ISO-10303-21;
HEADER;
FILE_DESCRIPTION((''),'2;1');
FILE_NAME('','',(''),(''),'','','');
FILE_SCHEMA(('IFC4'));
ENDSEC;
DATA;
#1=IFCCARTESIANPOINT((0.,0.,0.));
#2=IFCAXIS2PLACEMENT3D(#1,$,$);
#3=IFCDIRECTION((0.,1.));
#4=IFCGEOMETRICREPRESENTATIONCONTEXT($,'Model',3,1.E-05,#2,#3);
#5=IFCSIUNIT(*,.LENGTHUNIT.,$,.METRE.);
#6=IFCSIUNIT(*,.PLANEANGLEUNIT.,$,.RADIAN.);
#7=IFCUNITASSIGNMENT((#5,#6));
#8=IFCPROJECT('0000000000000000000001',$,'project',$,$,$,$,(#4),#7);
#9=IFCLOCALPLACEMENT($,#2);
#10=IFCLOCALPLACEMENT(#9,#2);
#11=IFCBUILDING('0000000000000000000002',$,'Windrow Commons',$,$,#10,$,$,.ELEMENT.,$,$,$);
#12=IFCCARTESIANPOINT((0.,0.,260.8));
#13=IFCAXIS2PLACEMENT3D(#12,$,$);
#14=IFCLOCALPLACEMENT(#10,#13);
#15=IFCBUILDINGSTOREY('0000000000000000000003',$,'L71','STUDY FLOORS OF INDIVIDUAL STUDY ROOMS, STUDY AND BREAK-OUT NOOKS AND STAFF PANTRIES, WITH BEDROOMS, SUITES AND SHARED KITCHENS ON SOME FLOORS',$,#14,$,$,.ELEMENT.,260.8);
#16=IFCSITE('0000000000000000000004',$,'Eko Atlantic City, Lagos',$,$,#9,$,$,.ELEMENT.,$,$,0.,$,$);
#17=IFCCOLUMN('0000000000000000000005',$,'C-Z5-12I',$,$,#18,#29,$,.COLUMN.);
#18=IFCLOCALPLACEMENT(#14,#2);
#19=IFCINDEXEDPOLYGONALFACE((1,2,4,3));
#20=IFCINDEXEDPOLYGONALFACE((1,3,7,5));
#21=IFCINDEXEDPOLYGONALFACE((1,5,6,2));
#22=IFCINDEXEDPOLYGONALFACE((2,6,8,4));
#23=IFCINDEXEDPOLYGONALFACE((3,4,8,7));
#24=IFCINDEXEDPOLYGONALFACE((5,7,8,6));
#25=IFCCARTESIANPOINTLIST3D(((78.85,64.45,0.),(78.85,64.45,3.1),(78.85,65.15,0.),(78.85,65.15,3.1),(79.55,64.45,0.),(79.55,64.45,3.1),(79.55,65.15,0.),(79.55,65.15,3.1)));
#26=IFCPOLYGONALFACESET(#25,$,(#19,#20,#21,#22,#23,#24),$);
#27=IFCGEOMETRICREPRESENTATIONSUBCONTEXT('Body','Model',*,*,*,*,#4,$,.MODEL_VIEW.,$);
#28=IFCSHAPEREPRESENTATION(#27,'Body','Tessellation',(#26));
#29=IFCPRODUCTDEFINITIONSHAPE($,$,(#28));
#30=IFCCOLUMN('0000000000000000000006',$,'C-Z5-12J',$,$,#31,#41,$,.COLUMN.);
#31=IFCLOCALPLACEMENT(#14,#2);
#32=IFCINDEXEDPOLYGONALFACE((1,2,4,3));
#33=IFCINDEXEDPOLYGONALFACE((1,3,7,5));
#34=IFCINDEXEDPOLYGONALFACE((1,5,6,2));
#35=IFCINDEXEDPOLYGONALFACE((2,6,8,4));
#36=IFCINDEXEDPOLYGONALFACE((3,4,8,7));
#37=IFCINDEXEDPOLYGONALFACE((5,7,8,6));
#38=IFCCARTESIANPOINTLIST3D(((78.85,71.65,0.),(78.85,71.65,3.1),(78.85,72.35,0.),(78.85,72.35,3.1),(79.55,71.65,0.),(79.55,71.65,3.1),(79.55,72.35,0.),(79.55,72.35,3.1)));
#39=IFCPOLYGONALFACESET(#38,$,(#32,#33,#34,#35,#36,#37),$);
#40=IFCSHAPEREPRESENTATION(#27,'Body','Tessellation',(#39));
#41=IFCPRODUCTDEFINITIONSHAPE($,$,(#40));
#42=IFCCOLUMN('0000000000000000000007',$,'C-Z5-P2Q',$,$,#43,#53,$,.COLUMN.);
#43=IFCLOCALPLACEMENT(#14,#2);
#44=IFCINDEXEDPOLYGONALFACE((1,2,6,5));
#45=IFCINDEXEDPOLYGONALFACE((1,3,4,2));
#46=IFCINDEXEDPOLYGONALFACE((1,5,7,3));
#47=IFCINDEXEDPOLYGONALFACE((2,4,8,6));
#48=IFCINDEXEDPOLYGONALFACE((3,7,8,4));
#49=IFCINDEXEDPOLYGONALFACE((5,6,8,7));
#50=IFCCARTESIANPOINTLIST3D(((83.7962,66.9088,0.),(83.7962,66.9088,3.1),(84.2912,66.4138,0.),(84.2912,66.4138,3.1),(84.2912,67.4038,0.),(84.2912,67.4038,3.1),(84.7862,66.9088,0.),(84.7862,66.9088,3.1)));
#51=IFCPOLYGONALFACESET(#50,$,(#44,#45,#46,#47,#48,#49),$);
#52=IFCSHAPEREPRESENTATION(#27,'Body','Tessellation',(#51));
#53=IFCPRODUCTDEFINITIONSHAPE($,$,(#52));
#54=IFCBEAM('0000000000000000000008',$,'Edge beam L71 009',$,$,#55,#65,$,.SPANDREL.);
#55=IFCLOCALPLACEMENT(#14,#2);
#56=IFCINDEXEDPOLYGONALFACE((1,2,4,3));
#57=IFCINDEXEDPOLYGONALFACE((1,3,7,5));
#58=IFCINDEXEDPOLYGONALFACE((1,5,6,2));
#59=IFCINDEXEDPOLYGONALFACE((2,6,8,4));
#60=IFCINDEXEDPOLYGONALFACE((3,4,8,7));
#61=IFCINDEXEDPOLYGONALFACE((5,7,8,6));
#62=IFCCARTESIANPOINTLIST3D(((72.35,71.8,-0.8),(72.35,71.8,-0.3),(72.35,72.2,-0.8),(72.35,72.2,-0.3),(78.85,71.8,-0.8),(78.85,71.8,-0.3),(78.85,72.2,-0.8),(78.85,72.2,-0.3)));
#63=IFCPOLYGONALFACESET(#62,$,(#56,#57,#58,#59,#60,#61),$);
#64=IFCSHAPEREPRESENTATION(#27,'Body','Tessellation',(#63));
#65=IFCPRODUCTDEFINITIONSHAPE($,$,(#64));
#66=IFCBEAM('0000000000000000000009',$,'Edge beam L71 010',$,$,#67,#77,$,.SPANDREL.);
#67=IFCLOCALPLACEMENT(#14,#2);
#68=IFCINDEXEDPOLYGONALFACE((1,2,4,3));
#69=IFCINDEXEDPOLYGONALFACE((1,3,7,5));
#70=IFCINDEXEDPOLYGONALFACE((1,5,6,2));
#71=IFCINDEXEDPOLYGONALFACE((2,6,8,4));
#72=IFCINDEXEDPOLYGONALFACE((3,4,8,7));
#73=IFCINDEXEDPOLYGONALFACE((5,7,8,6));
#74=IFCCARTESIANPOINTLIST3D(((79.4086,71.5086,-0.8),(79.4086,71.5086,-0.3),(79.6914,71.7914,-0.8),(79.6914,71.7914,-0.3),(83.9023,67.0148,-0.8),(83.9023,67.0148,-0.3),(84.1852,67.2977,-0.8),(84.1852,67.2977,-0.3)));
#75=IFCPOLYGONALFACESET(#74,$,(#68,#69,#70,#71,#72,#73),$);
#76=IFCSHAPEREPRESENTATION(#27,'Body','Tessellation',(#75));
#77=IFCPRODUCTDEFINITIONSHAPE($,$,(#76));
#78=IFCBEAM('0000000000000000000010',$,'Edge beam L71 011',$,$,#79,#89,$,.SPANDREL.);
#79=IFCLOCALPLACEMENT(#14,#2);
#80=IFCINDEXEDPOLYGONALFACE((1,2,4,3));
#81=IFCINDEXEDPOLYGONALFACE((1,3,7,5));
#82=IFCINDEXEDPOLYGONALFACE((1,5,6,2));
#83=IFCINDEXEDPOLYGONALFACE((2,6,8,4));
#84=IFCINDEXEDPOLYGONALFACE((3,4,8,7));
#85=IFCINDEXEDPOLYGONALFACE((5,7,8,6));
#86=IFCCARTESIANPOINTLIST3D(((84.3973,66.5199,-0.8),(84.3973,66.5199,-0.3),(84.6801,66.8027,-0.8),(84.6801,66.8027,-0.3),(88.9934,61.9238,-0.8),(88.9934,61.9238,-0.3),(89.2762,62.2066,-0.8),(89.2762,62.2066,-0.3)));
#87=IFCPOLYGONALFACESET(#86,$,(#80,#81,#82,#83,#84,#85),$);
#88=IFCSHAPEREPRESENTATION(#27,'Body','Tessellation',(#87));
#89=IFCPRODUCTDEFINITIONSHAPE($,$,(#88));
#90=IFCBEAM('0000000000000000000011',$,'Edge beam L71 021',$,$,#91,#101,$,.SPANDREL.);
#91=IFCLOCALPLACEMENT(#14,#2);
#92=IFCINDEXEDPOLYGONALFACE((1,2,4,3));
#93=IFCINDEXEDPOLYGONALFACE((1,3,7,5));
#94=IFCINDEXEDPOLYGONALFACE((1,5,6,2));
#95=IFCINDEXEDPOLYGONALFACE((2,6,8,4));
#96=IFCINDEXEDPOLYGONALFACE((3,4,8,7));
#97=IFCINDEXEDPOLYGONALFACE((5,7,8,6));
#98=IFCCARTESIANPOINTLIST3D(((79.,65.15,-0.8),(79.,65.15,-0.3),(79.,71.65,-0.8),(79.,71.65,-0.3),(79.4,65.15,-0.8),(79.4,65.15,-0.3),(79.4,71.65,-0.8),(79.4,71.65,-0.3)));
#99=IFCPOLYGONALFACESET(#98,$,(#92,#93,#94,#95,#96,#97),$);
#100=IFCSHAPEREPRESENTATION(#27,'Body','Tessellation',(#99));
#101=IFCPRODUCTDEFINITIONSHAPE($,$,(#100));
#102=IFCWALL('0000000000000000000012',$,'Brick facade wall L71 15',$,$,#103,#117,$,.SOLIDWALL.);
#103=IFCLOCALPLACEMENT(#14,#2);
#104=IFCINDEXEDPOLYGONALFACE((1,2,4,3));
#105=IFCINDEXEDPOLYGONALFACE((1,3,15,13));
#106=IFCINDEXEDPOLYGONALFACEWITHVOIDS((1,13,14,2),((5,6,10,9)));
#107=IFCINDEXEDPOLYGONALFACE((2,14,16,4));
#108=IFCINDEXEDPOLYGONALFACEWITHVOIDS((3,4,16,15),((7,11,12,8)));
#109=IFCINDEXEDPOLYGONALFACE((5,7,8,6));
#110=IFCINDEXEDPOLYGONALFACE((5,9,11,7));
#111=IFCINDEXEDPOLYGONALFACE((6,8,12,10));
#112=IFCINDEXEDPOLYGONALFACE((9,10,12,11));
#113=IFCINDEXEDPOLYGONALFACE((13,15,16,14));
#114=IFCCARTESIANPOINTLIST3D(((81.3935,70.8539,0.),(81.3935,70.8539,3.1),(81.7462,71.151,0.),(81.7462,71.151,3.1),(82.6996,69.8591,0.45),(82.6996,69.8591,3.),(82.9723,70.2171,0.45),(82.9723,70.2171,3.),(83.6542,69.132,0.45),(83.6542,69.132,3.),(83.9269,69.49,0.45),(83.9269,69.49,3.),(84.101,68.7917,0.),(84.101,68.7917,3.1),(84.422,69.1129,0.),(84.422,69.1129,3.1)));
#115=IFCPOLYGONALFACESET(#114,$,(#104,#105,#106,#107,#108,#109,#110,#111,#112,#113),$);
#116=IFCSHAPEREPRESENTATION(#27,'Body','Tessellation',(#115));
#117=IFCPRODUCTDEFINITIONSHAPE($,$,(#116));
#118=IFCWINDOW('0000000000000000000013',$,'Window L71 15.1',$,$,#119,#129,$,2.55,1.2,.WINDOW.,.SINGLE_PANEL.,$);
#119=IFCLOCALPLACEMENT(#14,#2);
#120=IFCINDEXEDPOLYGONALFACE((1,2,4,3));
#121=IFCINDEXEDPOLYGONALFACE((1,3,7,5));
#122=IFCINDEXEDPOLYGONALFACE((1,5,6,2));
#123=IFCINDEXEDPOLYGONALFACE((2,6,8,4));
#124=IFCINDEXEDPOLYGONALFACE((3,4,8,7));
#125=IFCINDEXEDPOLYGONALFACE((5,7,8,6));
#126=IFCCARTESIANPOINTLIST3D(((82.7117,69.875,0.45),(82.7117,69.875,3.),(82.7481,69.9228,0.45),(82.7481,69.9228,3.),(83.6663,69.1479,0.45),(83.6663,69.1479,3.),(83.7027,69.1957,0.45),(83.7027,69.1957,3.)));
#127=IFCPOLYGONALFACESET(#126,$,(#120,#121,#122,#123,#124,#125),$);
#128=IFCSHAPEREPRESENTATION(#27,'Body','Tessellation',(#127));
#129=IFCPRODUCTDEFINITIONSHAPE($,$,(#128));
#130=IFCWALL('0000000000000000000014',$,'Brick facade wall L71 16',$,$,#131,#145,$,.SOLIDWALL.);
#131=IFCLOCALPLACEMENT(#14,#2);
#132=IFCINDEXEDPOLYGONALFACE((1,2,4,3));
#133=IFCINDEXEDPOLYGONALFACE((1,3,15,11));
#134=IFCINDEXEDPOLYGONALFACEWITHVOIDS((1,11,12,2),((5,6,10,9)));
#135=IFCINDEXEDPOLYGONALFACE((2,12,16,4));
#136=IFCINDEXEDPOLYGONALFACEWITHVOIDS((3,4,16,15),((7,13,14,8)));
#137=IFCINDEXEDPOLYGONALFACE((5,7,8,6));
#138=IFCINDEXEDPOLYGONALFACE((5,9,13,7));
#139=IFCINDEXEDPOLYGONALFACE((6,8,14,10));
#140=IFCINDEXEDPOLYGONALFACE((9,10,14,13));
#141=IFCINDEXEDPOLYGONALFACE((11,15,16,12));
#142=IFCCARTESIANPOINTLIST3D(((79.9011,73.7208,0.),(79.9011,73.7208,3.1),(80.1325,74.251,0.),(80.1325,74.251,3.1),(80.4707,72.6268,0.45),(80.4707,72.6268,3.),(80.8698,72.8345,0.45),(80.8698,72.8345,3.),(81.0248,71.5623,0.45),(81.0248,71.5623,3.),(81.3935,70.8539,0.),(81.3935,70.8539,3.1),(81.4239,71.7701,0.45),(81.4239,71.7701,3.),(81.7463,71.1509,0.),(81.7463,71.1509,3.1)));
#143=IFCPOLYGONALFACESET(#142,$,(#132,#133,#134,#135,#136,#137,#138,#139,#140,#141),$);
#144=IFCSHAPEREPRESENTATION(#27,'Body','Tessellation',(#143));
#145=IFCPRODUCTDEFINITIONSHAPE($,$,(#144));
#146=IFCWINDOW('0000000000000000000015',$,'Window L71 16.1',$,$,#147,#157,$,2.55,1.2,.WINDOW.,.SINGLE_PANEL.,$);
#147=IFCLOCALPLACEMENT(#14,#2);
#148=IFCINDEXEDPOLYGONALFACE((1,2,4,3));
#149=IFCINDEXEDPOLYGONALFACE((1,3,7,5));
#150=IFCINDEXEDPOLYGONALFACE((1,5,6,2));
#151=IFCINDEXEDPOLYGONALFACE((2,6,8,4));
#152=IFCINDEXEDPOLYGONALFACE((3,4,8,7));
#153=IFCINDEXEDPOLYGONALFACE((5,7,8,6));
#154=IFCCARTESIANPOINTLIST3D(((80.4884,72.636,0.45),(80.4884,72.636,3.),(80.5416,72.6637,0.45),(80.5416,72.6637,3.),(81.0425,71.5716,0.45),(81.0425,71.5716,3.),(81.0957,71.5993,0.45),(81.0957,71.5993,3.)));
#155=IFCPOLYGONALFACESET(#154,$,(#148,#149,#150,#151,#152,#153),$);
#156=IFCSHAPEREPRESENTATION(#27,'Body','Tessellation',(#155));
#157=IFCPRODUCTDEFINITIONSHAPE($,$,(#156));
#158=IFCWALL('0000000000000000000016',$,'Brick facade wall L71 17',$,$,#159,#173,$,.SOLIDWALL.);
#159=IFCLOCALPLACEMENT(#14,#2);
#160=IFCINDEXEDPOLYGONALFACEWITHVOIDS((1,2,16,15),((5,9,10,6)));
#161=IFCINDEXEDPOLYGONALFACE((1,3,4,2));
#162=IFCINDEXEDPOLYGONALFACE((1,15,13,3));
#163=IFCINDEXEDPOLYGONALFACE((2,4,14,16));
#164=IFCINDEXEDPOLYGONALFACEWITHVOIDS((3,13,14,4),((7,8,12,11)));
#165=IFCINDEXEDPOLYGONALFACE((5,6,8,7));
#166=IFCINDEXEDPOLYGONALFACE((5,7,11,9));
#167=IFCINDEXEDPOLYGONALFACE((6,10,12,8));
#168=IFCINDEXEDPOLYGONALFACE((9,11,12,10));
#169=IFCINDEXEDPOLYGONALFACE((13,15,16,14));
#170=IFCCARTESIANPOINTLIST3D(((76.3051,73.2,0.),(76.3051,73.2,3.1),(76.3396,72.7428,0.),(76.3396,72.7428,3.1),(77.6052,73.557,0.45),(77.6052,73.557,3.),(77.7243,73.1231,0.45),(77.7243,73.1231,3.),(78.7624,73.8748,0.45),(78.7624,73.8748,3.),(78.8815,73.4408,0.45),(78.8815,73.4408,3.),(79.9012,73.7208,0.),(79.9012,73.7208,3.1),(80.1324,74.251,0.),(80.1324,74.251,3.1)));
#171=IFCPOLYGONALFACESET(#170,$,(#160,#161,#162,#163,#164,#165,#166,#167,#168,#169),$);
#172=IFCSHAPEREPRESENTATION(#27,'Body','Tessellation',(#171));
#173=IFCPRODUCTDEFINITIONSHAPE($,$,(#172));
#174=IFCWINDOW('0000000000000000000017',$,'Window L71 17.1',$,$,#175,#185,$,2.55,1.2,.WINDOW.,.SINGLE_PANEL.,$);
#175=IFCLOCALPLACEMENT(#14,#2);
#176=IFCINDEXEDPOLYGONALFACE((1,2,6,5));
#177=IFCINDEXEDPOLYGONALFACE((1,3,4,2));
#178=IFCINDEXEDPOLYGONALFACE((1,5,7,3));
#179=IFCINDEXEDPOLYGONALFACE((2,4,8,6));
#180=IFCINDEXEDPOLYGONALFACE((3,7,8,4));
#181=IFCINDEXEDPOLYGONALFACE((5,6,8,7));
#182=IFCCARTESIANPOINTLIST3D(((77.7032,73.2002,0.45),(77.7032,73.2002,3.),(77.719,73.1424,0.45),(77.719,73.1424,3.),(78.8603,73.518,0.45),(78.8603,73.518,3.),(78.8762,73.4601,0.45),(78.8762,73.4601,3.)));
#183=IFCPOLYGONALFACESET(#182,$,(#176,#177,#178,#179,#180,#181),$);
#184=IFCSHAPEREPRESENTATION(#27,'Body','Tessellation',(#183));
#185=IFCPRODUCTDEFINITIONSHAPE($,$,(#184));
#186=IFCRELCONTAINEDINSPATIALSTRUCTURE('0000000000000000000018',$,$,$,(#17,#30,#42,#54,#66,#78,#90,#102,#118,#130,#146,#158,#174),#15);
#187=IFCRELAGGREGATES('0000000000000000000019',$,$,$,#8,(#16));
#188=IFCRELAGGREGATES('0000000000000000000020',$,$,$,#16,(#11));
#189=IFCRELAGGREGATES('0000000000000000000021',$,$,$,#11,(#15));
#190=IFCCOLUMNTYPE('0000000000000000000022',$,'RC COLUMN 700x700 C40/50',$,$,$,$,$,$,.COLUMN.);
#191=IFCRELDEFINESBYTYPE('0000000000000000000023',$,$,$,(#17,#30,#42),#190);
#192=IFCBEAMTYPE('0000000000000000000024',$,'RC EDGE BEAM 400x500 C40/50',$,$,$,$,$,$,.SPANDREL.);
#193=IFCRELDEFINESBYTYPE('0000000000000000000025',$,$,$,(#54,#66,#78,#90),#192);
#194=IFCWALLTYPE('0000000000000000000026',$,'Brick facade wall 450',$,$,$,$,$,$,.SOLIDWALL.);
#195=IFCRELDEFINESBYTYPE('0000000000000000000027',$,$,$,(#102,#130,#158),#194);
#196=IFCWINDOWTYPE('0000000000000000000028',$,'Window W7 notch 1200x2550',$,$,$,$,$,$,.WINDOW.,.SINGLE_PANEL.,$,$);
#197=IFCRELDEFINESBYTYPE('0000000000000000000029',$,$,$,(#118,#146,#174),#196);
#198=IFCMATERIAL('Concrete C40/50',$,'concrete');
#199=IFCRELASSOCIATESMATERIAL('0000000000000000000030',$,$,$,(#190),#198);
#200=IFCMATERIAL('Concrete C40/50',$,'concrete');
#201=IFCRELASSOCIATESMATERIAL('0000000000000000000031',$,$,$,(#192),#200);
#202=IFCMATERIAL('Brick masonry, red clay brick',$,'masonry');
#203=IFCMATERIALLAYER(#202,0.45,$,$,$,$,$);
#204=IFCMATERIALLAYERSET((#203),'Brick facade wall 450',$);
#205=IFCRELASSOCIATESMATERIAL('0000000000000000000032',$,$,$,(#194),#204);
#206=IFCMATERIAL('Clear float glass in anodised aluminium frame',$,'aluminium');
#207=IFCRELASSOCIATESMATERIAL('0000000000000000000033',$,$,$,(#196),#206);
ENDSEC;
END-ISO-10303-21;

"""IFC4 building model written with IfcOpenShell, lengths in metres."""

from ifc_helpers import new_model, si_unit, direction, frame, frame_2d, origin, origin_2d, place, context, subcontext, project, spatial, polyline, rectangle, outline, extrude, material, layer, layer_set, material_profile, profile_set, type_object, element, fill, save


model = new_model("IFC4")

# Units and contexts
model_context = context("Model", 3, precision=1e-05, world=origin(), true_north=direction((0.0, 1.0)))
body_context = subcontext(model_context, "Body", "Model", "MODEL_VIEW")
ifc_project = project(units=[si_unit("LENGTHUNIT", "METRE"), si_unit("PLANEANGLEUNIT", "RADIAN")], contexts=[model_context])

# Site, building, storey
site_placement = place(None, origin())
site = spatial("IfcSite", under=ifc_project, at=site_placement, Name="Eko Atlantic City, Lagos", CompositionType="ELEMENT", RefElevation=0.0)
building_placement = place(site_placement, origin())
building = spatial("IfcBuilding", under=site, at=building_placement, Name="Windrow Commons", CompositionType="ELEMENT")
storey_placement = place(building_placement, frame((0.0, 0.0, 260.8)))
storey = spatial("IfcBuildingStorey", under=building, at=storey_placement, Name="L71", Description="STUDY FLOORS OF INDIVIDUAL STUDY ROOMS, STUDY AND BREAK-OUT NOOKS AND STAFF PANTRIES, WITH BEDROOMS, SUITES AND SHARED KITCHENS ON SOME FLOORS", CompositionType="ELEMENT", Elevation=260.8)

# Columns
ifc_material_1 = material(Name="Concrete C40/50", Category="concrete")
ifc_material_profile_1 = material_profile(ifc_material_1, rectangle(XDim=0.7, YDim=0.7, at=origin_2d()))
ifc_profile_set_1 = profile_set([ifc_material_profile_1], Name="Concrete C40/50")
column_type = type_object("IfcColumnType", Name="RC COLUMN 700x700 C40/50", PredefinedType="COLUMN", material=ifc_profile_set_1)
for number, where, z_axis, x_axis, name in (
    (1, (79.2, 64.8, 0.0), (0.0, 0.0, 1.0), (1.0, 0.0, 0.0), "C-Z5-12I"),
    (2, (79.2, 72.0, 0.0), (0.0, 0.0, 1.0), (1.0, 0.0, 0.0), "C-Z5-12J"),
    (3, (84.2912, 66.9088, 0.0), (0.0, 0.0, 1.0), (0.707107, -0.707107, 0.0), "C-Z5-P2Q"),
):
    element("IfcColumn", number, at=place(storey_placement, frame(where, z_axis=z_axis, x_axis=x_axis)), inside=storey, type_object=column_type, Name=name, PredefinedType="COLUMN", context=body_context, shape_type="SweptSolid", body=[
        extrude(rectangle(XDim=0.7, YDim=0.7, at=origin_2d()), origin(), (0.0, 0.0, 1.0), 3.1),
    ])

# Beams
ifc_material_2 = material(Name="Concrete C40/50", Category="concrete")
ifc_material_profile_2 = material_profile(ifc_material_2, rectangle(XDim=0.4, YDim=0.5, at=origin_2d()))
ifc_profile_set_2 = profile_set([ifc_material_profile_2], Name="Concrete C40/50")
beam_type = type_object("IfcBeamType", Name="RC EDGE BEAM 400x500 C40/50", PredefinedType="SPANDREL", material=ifc_profile_set_2)
beam_1_placement = place(storey_placement, frame((72.35, 72.0, -0.55), z_axis=(1.0, 0.0, 0.0), x_axis=(0.0, 1.0, 0.0)))
element("IfcBeam", 4, at=beam_1_placement, inside=storey, type_object=beam_type, Name="Edge beam L71 009", PredefinedType="SPANDREL", context=body_context, shape_type="SweptSolid", body=[
    extrude(rectangle(XDim=0.4, YDim=0.5, at=origin_2d()), origin(), (0.0, 0.0, 1.0), 6.5),
])
beam_2_placement = place(storey_placement, frame((79.55, 71.65, -0.55), z_axis=(0.707107, -0.707107, 0.0), x_axis=(0.707107, 0.707107, 0.0)))
element("IfcBeam", 5, at=beam_2_placement, inside=storey, type_object=beam_type, Name="Edge beam L71 010", PredefinedType="SPANDREL", context=body_context, shape_type="SweptSolid", body=[
    extrude(rectangle(XDim=0.4, YDim=0.5, at=origin_2d()), origin(), (0.0, 0.0, 1.0), 6.3551),
])
beam_3_placement = place(storey_placement, frame((84.5387, 66.6613, -0.55), z_axis=(0.707107, -0.707107, 0.0), x_axis=(0.707107, 0.707107, 0.0)))
element("IfcBeam", 6, at=beam_3_placement, inside=storey, type_object=beam_type, Name="Edge beam L71 011", PredefinedType="SPANDREL", context=body_context, shape_type="SweptSolid", body=[
    extrude(rectangle(XDim=0.4, YDim=0.5, at=origin_2d()), origin(), (0.0, 0.0, 1.0), 6.4999),
])
beam_4_placement = place(storey_placement, frame((79.2, 65.15, -0.55), z_axis=(0.0, 1.0, 0.0), x_axis=(-1.0, 0.0, 0.0)))
element("IfcBeam", 7, at=beam_4_placement, inside=storey, type_object=beam_type, Name="Edge beam L71 021", PredefinedType="SPANDREL", context=body_context, shape_type="SweptSolid", body=[
    extrude(rectangle(XDim=0.4, YDim=0.5, at=origin_2d()), origin(), (0.0, 0.0, 1.0), 6.5),
])

# Walls, openings, windows
ifc_material_3 = material(Name="Brick masonry, red clay brick", Category="masonry")
ifc_layer_1 = layer(ifc_material_3, 0.45)
ifc_layer_set_1 = layer_set([ifc_layer_1], Name="Brick facade wall 450")
wall_type_1 = type_object("IfcWallType", Name="Brick facade wall 450", PredefinedType="SOLIDWALL", material=ifc_layer_set_1)
wall_1_placement = place(storey_placement, frame((84.2615, 68.9523, 0.0), z_axis=(0.0, 0.0, 1.0), x_axis=(-0.795523, 0.605923, 0.0)))
wall_1 = element("IfcWall", 8, at=wall_1_placement, inside=storey, type_object=wall_type_1, Name="Brick facade wall L71 15", PredefinedType="SOLIDWALL", context=body_context, shape_type="SweptSolid", body=[
    extrude(outline(polyline([(-0.0304, -0.225), (3.3332, -0.225), (3.4338, 0.225), (0.0304, 0.225), (-0.0304, -0.225)])), origin(), (0.0, 0.0, 1.0), 3.1),
])
opening_1_placement = place(wall_1_placement, frame((0.592, 0.0, 0.45)))
opening_1 = element("IfcOpeningElement", 9, at=opening_1_placement, cuts=wall_1, PredefinedType="OPENING", context=body_context, shape_type="SweptSolid", body=[
    extrude(rectangle(XDim=1.2, YDim=2.55, at=frame_2d((0.6, 1.275))), frame((0.0, 0.235, 0.0), z_axis=(0.0, -1.0, 0.0), x_axis=(1.0, 0.0, 0.0)), (0.0, 0.0, 1.0), 0.47),
])
ifc_material_4 = material(Name="Clear float glass in anodised aluminium frame", Category="aluminium")
window_type_1 = type_object("IfcWindowType", Name="Window W7 notch 1200x2550", PartitioningType="SINGLE_PANEL", PredefinedType="WINDOW", material=ifc_material_4)
window_1_placement = place(opening_1_placement, origin())
window_1 = element("IfcWindow", 10, at=window_1_placement, inside=storey, type_object=window_type_1, Name="Window L71 15.1", OverallHeight=2.55, OverallWidth=1.2, PartitioningType="SINGLE_PANEL", PredefinedType="WINDOW", context=body_context, shape_type="SweptSolid", body=[
    extrude(rectangle(XDim=1.2, YDim=2.55, at=frame_2d((0.6, 1.275))), frame((0.0, 0.205, 0.0), z_axis=(0.0, -1.0, 0.0), x_axis=(1.0, 0.0, 0.0)), (0.0, 0.0, 1.0), 0.06),
])
fill(opening_1, window_1)
wall_2_placement = place(storey_placement, frame((81.5699, 71.0024, 0.0), z_axis=(0.0, 0.0, 1.0), x_axis=(-0.461746, 0.887012, 0.0)))
wall_2 = element("IfcWall", 11, at=wall_2_placement, inside=storey, type_object=wall_type_1, Name="Brick facade wall L71 16", PredefinedType="SOLIDWALL", context=body_context, shape_type="SweptSolid", body=[
    extrude(outline(polyline([(0.0503, -0.225), (3.5453, -0.225), (3.1818, 0.225), (-0.0503, 0.225), (0.0503, -0.225)])), origin(), (0.0, 0.0, 1.0), 3.1),
])
opening_2_placement = place(wall_2_placement, frame((0.7484, 0.0, 0.45)))
opening_2 = element("IfcOpeningElement", 12, at=opening_2_placement, cuts=wall_2, PredefinedType="OPENING", context=body_context, shape_type="SweptSolid", body=[
    extrude(rectangle(XDim=1.2, YDim=2.55, at=frame_2d((0.6, 1.275))), frame((0.0, 0.235, 0.0), z_axis=(0.0, -1.0, 0.0), x_axis=(1.0, 0.0, 0.0)), (0.0, 0.0, 1.0), 0.47),
])
window_2_placement = place(opening_2_placement, origin())
window_2 = element("IfcWindow", 13, at=window_2_placement, inside=storey, type_object=window_type_1, Name="Window L71 16.1", OverallHeight=2.55, OverallWidth=1.2, PartitioningType="SINGLE_PANEL", PredefinedType="WINDOW", context=body_context, shape_type="SweptSolid", body=[
    extrude(rectangle(XDim=1.2, YDim=2.55, at=frame_2d((0.6, 1.275))), frame((0.0, 0.205, 0.0), z_axis=(0.0, -1.0, 0.0), x_axis=(1.0, 0.0, 0.0)), (0.0, 0.0, 1.0), 0.06),
])
fill(opening_2, window_2)
wall_3_placement = place(storey_placement, frame((80.0168, 73.9859, 0.0), z_axis=(0.0, 0.0, 1.0), x_axis=(-0.964305, -0.264796, 0.0)))
wall_3 = element("IfcWall", 14, at=wall_3_placement, inside=storey, type_object=wall_type_1, Name="Brick facade wall L71 17", PredefinedType="SOLIDWALL", context=body_context, shape_type="SweptSolid", body=[
    extrude(outline(polyline([(-0.1817, -0.225), (3.7873, -0.225), (3.8751, 0.225), (0.1817, 0.225), (-0.1817, -0.225)])), origin(), (0.0, 0.0, 1.0), 3.1),
])
opening_3_placement = place(wall_3_placement, frame((1.2391, 0.0, 0.45)))
opening_3 = element("IfcOpeningElement", 15, at=opening_3_placement, cuts=wall_3, PredefinedType="OPENING", context=body_context, shape_type="SweptSolid", body=[
    extrude(rectangle(XDim=1.2, YDim=2.55, at=frame_2d((0.6, 1.275))), frame((0.0, 0.235, 0.0), z_axis=(0.0, -1.0, 0.0), x_axis=(1.0, 0.0, 0.0)), (0.0, 0.0, 1.0), 0.47),
])
window_3_placement = place(opening_3_placement, origin())
window_3 = element("IfcWindow", 16, at=window_3_placement, inside=storey, type_object=window_type_1, Name="Window L71 17.1", OverallHeight=2.55, OverallWidth=1.2, PartitioningType="SINGLE_PANEL", PredefinedType="WINDOW", context=body_context, shape_type="SweptSolid", body=[
    extrude(rectangle(XDim=1.2, YDim=2.55, at=frame_2d((0.6, 1.275))), frame((0.0, 0.205, 0.0), z_axis=(0.0, -1.0, 0.0), x_axis=(1.0, 0.0, 0.0)), (0.0, 0.0, 1.0), 0.06),
])
fill(opening_3, window_3)

save(model, "model.ifc")
